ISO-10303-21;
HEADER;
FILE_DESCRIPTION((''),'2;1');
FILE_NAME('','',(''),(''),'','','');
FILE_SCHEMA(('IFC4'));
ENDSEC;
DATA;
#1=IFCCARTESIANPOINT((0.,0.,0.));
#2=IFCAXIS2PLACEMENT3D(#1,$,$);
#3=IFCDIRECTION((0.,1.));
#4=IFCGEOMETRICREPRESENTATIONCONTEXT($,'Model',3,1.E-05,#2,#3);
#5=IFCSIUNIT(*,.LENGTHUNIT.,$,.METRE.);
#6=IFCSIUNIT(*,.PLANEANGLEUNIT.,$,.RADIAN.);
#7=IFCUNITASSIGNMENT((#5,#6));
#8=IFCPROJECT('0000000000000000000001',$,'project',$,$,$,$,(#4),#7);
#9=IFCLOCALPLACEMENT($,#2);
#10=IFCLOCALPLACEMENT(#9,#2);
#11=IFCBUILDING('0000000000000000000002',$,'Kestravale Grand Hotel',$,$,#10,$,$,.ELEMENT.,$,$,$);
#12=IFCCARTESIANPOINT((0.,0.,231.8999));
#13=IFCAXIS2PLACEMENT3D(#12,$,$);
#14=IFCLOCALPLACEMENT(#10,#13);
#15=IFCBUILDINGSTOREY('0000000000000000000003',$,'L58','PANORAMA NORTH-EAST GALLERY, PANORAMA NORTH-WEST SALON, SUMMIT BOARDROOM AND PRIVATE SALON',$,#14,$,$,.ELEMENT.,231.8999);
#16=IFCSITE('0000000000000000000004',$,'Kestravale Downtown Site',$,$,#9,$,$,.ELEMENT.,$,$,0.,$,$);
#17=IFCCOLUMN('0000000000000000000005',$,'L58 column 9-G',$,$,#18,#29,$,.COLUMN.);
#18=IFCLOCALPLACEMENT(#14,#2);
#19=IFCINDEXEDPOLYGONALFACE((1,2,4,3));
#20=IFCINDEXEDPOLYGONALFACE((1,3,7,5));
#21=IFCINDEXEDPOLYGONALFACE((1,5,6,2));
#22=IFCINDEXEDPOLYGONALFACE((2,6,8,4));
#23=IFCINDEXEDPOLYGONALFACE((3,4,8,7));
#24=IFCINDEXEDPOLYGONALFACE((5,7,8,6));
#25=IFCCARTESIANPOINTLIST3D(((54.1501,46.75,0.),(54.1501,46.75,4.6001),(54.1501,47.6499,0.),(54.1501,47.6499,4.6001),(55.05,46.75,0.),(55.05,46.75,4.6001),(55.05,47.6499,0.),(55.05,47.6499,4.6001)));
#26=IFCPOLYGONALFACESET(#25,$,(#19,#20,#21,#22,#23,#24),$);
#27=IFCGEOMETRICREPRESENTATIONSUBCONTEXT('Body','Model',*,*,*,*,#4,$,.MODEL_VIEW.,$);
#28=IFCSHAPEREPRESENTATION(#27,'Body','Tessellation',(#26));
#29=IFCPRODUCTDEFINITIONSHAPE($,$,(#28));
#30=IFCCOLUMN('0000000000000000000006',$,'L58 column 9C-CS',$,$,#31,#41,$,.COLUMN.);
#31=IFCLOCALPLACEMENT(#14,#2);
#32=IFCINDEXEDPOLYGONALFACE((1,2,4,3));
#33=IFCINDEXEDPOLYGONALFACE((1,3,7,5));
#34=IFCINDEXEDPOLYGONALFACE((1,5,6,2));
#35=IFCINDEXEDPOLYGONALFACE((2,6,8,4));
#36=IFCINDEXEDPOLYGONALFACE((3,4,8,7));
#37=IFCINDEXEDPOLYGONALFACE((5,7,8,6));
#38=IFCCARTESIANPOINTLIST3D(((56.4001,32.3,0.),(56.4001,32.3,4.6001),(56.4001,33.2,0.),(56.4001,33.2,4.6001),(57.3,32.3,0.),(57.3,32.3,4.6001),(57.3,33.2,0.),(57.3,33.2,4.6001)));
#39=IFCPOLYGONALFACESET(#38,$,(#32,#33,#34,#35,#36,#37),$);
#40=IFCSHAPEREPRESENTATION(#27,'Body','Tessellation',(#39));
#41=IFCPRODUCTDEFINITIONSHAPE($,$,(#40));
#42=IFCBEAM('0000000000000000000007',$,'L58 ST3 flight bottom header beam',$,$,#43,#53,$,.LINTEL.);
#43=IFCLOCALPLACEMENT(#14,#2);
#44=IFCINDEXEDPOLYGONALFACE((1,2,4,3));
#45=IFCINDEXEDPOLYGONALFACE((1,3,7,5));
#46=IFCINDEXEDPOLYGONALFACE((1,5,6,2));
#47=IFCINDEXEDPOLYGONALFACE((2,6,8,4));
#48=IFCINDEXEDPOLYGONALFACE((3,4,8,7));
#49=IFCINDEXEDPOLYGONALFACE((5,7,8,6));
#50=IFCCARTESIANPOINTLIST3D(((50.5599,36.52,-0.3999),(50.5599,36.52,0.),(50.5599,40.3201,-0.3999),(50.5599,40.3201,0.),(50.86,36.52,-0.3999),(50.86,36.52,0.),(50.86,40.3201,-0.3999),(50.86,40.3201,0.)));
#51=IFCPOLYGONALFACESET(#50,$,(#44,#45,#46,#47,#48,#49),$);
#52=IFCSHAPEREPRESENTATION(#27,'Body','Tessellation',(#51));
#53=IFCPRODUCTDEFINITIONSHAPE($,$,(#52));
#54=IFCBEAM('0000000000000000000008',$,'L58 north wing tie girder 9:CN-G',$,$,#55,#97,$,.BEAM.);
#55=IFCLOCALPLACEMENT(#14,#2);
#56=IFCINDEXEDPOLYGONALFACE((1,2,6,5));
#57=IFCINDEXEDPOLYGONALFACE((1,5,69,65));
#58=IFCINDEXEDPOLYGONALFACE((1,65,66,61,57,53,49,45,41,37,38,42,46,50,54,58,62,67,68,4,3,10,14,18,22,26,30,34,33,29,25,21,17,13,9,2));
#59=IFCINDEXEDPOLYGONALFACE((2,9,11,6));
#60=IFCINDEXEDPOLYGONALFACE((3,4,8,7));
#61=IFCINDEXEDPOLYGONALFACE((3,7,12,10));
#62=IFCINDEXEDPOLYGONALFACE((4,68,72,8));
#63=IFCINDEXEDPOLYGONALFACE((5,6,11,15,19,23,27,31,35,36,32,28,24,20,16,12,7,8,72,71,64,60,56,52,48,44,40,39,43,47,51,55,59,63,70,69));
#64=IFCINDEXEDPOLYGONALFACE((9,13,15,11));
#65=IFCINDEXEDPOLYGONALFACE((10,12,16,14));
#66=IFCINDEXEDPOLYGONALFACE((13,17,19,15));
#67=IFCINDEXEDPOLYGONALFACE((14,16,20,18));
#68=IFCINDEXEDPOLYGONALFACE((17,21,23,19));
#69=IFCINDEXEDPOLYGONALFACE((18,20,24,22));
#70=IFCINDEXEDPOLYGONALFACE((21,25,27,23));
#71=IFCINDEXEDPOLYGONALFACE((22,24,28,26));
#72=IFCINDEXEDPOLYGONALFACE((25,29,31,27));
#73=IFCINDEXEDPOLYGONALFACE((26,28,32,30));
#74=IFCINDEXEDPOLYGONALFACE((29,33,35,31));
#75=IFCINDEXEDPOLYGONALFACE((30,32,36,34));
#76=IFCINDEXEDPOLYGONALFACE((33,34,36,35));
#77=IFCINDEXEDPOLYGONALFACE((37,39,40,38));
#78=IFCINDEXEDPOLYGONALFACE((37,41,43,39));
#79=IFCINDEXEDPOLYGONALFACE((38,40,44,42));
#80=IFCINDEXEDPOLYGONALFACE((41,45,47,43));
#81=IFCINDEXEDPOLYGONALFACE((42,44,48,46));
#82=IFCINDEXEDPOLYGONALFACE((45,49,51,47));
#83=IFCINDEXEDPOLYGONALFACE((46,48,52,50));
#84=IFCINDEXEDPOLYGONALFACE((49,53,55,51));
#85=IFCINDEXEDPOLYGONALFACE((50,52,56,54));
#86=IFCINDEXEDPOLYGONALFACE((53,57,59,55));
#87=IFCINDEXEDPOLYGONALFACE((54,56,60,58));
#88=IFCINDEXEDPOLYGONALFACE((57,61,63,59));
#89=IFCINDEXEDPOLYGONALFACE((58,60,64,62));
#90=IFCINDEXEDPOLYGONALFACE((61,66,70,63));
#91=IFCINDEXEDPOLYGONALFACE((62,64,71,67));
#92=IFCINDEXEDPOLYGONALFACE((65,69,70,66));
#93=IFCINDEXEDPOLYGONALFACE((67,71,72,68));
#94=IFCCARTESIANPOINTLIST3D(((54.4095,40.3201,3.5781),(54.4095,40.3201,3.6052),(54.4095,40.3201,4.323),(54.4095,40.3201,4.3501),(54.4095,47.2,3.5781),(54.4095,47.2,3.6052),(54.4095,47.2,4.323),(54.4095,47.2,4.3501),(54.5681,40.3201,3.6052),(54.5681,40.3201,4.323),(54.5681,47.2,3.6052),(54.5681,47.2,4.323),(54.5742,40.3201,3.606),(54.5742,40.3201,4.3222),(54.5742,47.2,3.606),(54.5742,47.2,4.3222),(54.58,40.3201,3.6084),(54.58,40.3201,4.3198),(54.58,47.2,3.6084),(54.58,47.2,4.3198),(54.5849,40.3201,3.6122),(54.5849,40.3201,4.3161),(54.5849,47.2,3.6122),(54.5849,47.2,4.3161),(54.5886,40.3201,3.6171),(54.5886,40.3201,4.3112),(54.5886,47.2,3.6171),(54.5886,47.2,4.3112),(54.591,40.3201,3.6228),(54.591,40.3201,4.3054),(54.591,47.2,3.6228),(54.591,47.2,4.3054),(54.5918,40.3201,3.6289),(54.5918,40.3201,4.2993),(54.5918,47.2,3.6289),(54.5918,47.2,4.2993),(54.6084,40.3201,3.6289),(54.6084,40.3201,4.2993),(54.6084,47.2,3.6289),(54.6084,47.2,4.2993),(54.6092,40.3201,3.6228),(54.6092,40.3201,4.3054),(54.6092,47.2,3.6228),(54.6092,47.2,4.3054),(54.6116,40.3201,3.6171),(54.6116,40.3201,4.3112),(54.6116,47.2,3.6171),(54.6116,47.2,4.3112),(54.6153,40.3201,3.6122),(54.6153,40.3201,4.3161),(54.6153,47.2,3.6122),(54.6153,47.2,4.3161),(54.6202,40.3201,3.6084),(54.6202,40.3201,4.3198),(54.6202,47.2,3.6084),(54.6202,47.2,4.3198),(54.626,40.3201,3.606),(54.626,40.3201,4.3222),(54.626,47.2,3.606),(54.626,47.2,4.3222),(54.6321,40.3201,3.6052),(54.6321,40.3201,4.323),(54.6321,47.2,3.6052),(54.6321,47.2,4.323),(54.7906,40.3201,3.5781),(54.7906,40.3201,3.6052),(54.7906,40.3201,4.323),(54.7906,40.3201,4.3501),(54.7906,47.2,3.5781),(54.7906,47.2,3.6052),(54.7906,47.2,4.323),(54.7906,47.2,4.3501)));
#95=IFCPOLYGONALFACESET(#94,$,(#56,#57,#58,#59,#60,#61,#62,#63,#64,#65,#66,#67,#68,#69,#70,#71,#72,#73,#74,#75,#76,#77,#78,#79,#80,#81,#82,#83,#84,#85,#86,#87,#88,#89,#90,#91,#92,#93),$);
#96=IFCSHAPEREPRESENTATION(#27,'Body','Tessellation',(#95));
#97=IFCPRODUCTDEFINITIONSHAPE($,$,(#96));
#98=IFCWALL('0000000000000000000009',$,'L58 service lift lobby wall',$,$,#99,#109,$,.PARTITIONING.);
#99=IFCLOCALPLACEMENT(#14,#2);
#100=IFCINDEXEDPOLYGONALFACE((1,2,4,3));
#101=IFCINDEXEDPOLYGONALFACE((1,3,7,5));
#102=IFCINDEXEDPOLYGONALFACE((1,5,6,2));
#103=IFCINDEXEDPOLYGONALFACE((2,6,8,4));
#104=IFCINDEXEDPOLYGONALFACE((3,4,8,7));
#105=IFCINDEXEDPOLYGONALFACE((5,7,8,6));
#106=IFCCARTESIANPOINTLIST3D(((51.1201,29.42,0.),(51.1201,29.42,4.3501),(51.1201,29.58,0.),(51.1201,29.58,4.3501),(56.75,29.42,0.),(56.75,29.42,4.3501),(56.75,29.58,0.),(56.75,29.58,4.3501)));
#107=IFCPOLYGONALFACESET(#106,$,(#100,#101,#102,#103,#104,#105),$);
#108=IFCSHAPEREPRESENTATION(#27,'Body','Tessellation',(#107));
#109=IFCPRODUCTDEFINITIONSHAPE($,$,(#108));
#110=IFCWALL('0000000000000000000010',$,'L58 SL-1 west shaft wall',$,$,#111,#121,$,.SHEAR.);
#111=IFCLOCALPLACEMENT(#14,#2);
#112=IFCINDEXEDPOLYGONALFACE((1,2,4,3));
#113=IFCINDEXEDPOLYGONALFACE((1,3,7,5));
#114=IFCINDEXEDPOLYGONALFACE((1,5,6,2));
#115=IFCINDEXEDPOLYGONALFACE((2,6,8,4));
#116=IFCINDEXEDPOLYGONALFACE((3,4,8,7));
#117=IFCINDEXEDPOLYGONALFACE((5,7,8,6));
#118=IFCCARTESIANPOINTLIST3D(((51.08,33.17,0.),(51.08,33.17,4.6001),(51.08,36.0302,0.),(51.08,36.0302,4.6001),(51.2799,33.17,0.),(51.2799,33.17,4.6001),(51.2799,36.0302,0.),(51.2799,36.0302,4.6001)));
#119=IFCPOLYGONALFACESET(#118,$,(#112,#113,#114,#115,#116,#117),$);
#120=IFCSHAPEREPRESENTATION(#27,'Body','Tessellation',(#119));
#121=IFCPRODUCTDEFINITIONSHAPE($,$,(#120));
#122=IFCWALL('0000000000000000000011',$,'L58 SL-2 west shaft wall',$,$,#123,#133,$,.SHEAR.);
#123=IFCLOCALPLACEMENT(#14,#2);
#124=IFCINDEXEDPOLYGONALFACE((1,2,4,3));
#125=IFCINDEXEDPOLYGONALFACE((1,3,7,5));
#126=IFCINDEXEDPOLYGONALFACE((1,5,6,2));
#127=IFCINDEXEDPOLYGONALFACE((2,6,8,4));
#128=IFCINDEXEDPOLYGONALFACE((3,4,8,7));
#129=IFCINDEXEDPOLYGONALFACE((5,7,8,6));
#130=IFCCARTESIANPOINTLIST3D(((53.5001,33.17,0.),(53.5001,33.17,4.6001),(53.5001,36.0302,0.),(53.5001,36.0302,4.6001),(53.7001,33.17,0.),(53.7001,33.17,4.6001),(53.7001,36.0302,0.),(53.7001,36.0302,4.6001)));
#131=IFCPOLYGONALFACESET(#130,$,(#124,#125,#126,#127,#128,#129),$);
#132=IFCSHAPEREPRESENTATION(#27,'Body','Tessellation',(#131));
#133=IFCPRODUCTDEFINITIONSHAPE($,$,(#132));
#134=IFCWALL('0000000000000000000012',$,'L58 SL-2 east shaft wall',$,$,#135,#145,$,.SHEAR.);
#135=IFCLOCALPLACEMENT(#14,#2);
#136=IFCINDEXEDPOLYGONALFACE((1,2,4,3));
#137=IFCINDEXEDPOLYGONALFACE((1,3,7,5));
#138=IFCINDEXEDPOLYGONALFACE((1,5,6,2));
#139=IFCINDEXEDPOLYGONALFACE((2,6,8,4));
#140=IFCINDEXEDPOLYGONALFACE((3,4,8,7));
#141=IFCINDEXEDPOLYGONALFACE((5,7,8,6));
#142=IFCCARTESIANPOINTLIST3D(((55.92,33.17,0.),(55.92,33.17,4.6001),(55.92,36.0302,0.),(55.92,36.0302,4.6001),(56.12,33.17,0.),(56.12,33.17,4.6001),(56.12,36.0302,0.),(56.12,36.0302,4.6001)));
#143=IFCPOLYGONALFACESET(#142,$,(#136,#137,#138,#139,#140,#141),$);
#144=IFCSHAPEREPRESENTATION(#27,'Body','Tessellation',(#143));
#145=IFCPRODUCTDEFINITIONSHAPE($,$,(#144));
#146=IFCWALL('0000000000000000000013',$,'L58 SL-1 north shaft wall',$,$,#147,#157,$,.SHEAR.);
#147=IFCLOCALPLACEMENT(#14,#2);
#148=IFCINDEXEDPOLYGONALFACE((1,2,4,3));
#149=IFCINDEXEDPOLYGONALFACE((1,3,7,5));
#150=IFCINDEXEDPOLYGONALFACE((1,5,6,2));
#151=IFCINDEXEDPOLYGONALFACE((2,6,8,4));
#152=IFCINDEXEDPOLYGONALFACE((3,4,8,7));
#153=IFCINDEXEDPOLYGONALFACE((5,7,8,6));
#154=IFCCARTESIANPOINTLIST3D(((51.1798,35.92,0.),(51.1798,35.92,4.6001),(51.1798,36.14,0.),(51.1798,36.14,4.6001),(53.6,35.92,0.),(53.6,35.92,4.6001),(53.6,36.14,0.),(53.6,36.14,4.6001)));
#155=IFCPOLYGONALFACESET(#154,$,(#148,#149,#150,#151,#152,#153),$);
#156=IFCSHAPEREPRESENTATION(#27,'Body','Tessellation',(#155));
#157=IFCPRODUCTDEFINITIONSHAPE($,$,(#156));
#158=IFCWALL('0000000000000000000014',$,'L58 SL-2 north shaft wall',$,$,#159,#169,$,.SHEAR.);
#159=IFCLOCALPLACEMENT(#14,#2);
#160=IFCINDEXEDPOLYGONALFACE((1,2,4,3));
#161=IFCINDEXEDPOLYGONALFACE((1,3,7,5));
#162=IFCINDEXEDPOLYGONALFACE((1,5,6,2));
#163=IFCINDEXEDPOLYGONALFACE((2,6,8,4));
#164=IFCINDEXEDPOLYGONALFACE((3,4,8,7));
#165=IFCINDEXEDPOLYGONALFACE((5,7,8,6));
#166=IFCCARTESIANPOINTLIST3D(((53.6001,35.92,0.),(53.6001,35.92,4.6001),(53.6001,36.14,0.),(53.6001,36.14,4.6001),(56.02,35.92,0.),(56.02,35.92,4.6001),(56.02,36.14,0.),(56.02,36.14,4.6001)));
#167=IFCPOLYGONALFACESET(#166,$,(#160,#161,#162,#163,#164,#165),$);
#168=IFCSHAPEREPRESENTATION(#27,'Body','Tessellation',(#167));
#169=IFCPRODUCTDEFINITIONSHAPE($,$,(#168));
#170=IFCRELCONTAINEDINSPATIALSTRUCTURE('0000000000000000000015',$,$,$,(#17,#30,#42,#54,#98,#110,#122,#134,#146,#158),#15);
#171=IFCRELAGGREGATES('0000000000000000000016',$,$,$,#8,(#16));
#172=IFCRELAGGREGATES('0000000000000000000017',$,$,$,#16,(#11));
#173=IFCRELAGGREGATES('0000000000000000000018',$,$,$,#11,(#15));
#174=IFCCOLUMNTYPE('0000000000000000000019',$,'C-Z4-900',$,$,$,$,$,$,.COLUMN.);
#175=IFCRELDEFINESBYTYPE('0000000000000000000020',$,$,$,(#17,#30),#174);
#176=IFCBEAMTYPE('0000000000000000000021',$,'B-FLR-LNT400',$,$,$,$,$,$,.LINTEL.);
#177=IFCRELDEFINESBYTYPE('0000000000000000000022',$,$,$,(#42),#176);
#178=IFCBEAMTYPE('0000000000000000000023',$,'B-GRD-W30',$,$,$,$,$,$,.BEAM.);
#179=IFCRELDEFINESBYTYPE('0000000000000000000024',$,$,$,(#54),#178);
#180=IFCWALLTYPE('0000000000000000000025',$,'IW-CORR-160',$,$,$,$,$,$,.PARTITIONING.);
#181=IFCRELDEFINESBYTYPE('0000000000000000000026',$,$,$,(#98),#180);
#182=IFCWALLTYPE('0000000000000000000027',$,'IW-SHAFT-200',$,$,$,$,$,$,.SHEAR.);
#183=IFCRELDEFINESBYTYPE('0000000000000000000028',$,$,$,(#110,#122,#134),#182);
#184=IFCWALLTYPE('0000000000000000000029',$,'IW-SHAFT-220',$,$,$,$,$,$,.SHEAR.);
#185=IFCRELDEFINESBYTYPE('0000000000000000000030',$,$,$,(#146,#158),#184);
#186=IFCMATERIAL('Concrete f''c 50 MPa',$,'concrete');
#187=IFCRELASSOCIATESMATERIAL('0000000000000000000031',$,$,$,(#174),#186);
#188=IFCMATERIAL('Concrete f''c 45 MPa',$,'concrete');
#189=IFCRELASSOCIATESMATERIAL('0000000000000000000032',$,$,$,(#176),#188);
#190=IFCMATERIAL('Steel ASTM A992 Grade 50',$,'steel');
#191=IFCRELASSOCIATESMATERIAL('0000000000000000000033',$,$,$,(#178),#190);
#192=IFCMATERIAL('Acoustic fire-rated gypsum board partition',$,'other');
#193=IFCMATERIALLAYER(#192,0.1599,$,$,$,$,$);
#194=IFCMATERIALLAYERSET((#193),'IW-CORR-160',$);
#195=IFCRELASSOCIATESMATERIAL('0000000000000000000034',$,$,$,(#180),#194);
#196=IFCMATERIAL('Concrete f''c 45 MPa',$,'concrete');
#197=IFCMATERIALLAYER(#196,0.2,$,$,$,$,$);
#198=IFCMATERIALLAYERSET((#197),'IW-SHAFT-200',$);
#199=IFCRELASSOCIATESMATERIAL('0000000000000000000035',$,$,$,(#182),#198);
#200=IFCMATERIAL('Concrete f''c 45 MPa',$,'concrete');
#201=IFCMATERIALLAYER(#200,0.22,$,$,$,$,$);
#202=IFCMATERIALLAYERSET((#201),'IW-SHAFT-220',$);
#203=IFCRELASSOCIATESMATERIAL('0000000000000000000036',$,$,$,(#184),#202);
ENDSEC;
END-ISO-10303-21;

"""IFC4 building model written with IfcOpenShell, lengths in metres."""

from ifc_helpers import new_model, si_unit, direction, frame, frame_2d, origin, origin_2d, place, context, subcontext, project, spatial, rectangle, i_section, extrude, material, layer, layer_set, material_profile, profile_set, type_object, element, save


model = new_model("IFC4")

# Units and contexts
model_context = context("Model", 3, precision=1e-05, world=origin(), true_north=direction((0.0, 1.0)))
body_context = subcontext(model_context, "Body", "Model", "MODEL_VIEW")
ifc_project = project(units=[si_unit("LENGTHUNIT", "METRE"), si_unit("PLANEANGLEUNIT", "RADIAN")], contexts=[model_context])

# Site, building, storey
site_placement = place(None, origin())
site = spatial("IfcSite", under=ifc_project, at=site_placement, Name="Kestravale Downtown Site", CompositionType="ELEMENT", RefElevation=0.0)
building_placement = place(site_placement, origin())
building = spatial("IfcBuilding", under=site, at=building_placement, Name="Kestravale Grand Hotel", CompositionType="ELEMENT")
storey_placement = place(building_placement, frame((0.0, 0.0, 231.8999)))
storey = spatial("IfcBuildingStorey", under=building, at=storey_placement, Name="L58", Description="PANORAMA NORTH-EAST GALLERY, PANORAMA NORTH-WEST SALON, SUMMIT BOARDROOM AND PRIVATE SALON", CompositionType="ELEMENT", Elevation=231.8999)

# Columns
ifc_material_1 = material(Name="Concrete f'c 50 MPa", Category="concrete")
ifc_material_profile_1 = material_profile(ifc_material_1, rectangle(XDim=0.8999, YDim=0.8999, at=origin_2d()))
ifc_profile_set_1 = profile_set([ifc_material_profile_1], Name="Concrete f'c 50 MPa")
column_type = type_object("IfcColumnType", Name="C-Z4-900", PredefinedType="COLUMN", material=ifc_profile_set_1)
for number, where, z_axis, x_axis, name in (
    (1, (54.6001, 47.2, 0.0), (0.0, 0.0, 1.0), (1.0, 0.0, 0.0), "L58 column 9-G"),
    (2, (56.8501, 32.75, 0.0), (0.0, 0.0, 1.0), (1.0, 0.0, 0.0), "L58 column 9C-CS"),
):
    element("IfcColumn", number, at=place(storey_placement, frame(where, z_axis=z_axis, x_axis=x_axis)), inside=storey, type_object=column_type, Name=name, PredefinedType="COLUMN", context=body_context, shape_type="SweptSolid", body=[
        extrude(rectangle(XDim=0.8999, YDim=0.8999, at=origin_2d()), origin(), (0.0, 0.0, 1.0), 4.6001),
    ])

# Beams
ifc_material_2 = material(Name="Concrete f'c 45 MPa", Category="concrete")
ifc_material_profile_2 = material_profile(ifc_material_2, rectangle(XDim=0.3, YDim=0.3999, at=origin_2d()))
ifc_profile_set_2 = profile_set([ifc_material_profile_2], Name="Concrete f'c 45 MPa")
beam_type_1 = type_object("IfcBeamType", Name="B-FLR-LNT400", PredefinedType="LINTEL", material=ifc_profile_set_2)
beam_1_placement = place(storey_placement, frame((50.71, 36.52, -0.2), z_axis=(0.0, 1.0, 0.0), x_axis=(-1.0, 0.0, 0.0)))
element("IfcBeam", 3, at=beam_1_placement, inside=storey, type_object=beam_type_1, Name="L58 ST3 flight bottom header beam", PredefinedType="LINTEL", context=body_context, shape_type="SweptSolid", body=[
    extrude(rectangle(XDim=0.3, YDim=0.3999, at=origin_2d()), origin(), (0.0, 0.0, 1.0), 3.8),
])
ifc_material_3 = material(Name="Steel ASTM A992 Grade 50", Category="steel")
ifc_material_profile_3 = material_profile(ifc_material_3, i_section(OverallWidth=0.3811, OverallDepth=0.772, WebThickness=0.0166, FlangeThickness=0.0271, FilletRadius=0.0237, at=origin_2d()))
ifc_profile_set_3 = profile_set([ifc_material_profile_3], Name="Steel ASTM A992 Grade 50")
beam_type_2 = type_object("IfcBeamType", Name="B-GRD-W30", PredefinedType="BEAM", material=ifc_profile_set_3)
beam_2_placement = place(storey_placement, frame((54.6001, 40.3201, 3.9641), z_axis=(0.0, 1.0, 0.0), x_axis=(-1.0, 0.0, 0.0)))
element("IfcBeam", 4, at=beam_2_placement, inside=storey, type_object=beam_type_2, Name="L58 north wing tie girder 9:CN-G", PredefinedType="BEAM", context=body_context, shape_type="SweptSolid", body=[
    extrude(i_section(OverallWidth=0.3811, OverallDepth=0.772, WebThickness=0.0166, FlangeThickness=0.0271, FilletRadius=0.0237, at=origin_2d()), origin(), (0.0, 0.0, 1.0), 6.8799),
])

# Shared definitions
ifc_material_4 = material(Name="Acoustic fire-rated gypsum board partition", Category="other")
ifc_layer_1 = layer(ifc_material_4, 0.1599)
ifc_layer_set_1 = layer_set([ifc_layer_1], Name="IW-CORR-160")
wall_type_1 = type_object("IfcWallType", Name="IW-CORR-160", PredefinedType="PARTITIONING", material=ifc_layer_set_1)

# Walls
wall_1_placement = place(storey_placement, frame((51.1201, 29.5, 0.0), z_axis=(0.0, 0.0, 1.0), x_axis=(1.0, 0.0, 0.0)))
element("IfcWall", 5, at=wall_1_placement, inside=storey, type_object=wall_type_1, Name="L58 service lift lobby wall", PredefinedType="PARTITIONING", context=body_context, shape_type="SweptSolid", body=[
    extrude(rectangle(XDim=5.6299, YDim=0.1599, at=frame_2d((2.8149, 0.0))), origin(), (0.0, 0.0, 1.0), 4.3501),
])
ifc_material_5 = material(Name="Concrete f'c 45 MPa", Category="concrete")
ifc_layer_2 = layer(ifc_material_5, 0.2)
ifc_layer_set_2 = layer_set([ifc_layer_2], Name="IW-SHAFT-200")
wall_type_2 = type_object("IfcWallType", Name="IW-SHAFT-200", PredefinedType="SHEAR", material=ifc_layer_set_2)
for number, where, z_axis, x_axis, name in (
    (6, (51.1799, 33.1699, 0.0), (0.0, 0.0, 1.0), (0.0, 1.0, 0.0), "L58 SL-1 west shaft wall"),
    (7, (53.6001, 33.1699, 0.0), (0.0, 0.0, 1.0), (0.0, 1.0, 0.0), "L58 SL-2 west shaft wall"),
    (8, (56.02, 33.1699, 0.0), (0.0, 0.0, 1.0), (0.0, 1.0, 0.0), "L58 SL-2 east shaft wall"),
):
    element("IfcWall", number, at=place(storey_placement, frame(where, z_axis=z_axis, x_axis=x_axis)), inside=storey, type_object=wall_type_2, Name=name, PredefinedType="SHEAR", context=body_context, shape_type="SweptSolid", body=[
        extrude(rectangle(XDim=2.8601, YDim=0.2, at=frame_2d((1.4302, 0.0))), origin(), (0.0, 0.0, 1.0), 4.6001),
    ])
ifc_material_6 = material(Name="Concrete f'c 45 MPa", Category="concrete")
ifc_layer_3 = layer(ifc_material_6, 0.22)
ifc_layer_set_3 = layer_set([ifc_layer_3], Name="IW-SHAFT-220")
wall_type_3 = type_object("IfcWallType", Name="IW-SHAFT-220", PredefinedType="SHEAR", material=ifc_layer_set_3)
wall_2_placement = place(storey_placement, frame((51.1799, 36.03, 0.0), z_axis=(0.0, 0.0, 1.0), x_axis=(1.0, 0.0, 0.0)))
element("IfcWall", 9, at=wall_2_placement, inside=storey, type_object=wall_type_3, Name="L58 SL-1 north shaft wall", PredefinedType="SHEAR", context=body_context, shape_type="SweptSolid", body=[
    extrude(rectangle(XDim=2.4202, YDim=0.22, at=frame_2d((1.21, 0.0))), origin(), (0.0, 0.0, 1.0), 4.6001),
])

# Wall
wall_3_placement = place(storey_placement, frame((53.6001, 36.03, 0.0), z_axis=(0.0, 0.0, 1.0), x_axis=(1.0, 0.0, 0.0)))
element("IfcWall", 10, at=wall_3_placement, inside=storey, type_object=wall_type_3, Name="L58 SL-2 north shaft wall", PredefinedType="SHEAR", context=body_context, shape_type="SweptSolid", body=[
    extrude(rectangle(XDim=2.4199, YDim=0.22, at=frame_2d((1.21, 0.0))), origin(), (0.0, 0.0, 1.0), 4.6001),
])

save(model, "model.ifc")
